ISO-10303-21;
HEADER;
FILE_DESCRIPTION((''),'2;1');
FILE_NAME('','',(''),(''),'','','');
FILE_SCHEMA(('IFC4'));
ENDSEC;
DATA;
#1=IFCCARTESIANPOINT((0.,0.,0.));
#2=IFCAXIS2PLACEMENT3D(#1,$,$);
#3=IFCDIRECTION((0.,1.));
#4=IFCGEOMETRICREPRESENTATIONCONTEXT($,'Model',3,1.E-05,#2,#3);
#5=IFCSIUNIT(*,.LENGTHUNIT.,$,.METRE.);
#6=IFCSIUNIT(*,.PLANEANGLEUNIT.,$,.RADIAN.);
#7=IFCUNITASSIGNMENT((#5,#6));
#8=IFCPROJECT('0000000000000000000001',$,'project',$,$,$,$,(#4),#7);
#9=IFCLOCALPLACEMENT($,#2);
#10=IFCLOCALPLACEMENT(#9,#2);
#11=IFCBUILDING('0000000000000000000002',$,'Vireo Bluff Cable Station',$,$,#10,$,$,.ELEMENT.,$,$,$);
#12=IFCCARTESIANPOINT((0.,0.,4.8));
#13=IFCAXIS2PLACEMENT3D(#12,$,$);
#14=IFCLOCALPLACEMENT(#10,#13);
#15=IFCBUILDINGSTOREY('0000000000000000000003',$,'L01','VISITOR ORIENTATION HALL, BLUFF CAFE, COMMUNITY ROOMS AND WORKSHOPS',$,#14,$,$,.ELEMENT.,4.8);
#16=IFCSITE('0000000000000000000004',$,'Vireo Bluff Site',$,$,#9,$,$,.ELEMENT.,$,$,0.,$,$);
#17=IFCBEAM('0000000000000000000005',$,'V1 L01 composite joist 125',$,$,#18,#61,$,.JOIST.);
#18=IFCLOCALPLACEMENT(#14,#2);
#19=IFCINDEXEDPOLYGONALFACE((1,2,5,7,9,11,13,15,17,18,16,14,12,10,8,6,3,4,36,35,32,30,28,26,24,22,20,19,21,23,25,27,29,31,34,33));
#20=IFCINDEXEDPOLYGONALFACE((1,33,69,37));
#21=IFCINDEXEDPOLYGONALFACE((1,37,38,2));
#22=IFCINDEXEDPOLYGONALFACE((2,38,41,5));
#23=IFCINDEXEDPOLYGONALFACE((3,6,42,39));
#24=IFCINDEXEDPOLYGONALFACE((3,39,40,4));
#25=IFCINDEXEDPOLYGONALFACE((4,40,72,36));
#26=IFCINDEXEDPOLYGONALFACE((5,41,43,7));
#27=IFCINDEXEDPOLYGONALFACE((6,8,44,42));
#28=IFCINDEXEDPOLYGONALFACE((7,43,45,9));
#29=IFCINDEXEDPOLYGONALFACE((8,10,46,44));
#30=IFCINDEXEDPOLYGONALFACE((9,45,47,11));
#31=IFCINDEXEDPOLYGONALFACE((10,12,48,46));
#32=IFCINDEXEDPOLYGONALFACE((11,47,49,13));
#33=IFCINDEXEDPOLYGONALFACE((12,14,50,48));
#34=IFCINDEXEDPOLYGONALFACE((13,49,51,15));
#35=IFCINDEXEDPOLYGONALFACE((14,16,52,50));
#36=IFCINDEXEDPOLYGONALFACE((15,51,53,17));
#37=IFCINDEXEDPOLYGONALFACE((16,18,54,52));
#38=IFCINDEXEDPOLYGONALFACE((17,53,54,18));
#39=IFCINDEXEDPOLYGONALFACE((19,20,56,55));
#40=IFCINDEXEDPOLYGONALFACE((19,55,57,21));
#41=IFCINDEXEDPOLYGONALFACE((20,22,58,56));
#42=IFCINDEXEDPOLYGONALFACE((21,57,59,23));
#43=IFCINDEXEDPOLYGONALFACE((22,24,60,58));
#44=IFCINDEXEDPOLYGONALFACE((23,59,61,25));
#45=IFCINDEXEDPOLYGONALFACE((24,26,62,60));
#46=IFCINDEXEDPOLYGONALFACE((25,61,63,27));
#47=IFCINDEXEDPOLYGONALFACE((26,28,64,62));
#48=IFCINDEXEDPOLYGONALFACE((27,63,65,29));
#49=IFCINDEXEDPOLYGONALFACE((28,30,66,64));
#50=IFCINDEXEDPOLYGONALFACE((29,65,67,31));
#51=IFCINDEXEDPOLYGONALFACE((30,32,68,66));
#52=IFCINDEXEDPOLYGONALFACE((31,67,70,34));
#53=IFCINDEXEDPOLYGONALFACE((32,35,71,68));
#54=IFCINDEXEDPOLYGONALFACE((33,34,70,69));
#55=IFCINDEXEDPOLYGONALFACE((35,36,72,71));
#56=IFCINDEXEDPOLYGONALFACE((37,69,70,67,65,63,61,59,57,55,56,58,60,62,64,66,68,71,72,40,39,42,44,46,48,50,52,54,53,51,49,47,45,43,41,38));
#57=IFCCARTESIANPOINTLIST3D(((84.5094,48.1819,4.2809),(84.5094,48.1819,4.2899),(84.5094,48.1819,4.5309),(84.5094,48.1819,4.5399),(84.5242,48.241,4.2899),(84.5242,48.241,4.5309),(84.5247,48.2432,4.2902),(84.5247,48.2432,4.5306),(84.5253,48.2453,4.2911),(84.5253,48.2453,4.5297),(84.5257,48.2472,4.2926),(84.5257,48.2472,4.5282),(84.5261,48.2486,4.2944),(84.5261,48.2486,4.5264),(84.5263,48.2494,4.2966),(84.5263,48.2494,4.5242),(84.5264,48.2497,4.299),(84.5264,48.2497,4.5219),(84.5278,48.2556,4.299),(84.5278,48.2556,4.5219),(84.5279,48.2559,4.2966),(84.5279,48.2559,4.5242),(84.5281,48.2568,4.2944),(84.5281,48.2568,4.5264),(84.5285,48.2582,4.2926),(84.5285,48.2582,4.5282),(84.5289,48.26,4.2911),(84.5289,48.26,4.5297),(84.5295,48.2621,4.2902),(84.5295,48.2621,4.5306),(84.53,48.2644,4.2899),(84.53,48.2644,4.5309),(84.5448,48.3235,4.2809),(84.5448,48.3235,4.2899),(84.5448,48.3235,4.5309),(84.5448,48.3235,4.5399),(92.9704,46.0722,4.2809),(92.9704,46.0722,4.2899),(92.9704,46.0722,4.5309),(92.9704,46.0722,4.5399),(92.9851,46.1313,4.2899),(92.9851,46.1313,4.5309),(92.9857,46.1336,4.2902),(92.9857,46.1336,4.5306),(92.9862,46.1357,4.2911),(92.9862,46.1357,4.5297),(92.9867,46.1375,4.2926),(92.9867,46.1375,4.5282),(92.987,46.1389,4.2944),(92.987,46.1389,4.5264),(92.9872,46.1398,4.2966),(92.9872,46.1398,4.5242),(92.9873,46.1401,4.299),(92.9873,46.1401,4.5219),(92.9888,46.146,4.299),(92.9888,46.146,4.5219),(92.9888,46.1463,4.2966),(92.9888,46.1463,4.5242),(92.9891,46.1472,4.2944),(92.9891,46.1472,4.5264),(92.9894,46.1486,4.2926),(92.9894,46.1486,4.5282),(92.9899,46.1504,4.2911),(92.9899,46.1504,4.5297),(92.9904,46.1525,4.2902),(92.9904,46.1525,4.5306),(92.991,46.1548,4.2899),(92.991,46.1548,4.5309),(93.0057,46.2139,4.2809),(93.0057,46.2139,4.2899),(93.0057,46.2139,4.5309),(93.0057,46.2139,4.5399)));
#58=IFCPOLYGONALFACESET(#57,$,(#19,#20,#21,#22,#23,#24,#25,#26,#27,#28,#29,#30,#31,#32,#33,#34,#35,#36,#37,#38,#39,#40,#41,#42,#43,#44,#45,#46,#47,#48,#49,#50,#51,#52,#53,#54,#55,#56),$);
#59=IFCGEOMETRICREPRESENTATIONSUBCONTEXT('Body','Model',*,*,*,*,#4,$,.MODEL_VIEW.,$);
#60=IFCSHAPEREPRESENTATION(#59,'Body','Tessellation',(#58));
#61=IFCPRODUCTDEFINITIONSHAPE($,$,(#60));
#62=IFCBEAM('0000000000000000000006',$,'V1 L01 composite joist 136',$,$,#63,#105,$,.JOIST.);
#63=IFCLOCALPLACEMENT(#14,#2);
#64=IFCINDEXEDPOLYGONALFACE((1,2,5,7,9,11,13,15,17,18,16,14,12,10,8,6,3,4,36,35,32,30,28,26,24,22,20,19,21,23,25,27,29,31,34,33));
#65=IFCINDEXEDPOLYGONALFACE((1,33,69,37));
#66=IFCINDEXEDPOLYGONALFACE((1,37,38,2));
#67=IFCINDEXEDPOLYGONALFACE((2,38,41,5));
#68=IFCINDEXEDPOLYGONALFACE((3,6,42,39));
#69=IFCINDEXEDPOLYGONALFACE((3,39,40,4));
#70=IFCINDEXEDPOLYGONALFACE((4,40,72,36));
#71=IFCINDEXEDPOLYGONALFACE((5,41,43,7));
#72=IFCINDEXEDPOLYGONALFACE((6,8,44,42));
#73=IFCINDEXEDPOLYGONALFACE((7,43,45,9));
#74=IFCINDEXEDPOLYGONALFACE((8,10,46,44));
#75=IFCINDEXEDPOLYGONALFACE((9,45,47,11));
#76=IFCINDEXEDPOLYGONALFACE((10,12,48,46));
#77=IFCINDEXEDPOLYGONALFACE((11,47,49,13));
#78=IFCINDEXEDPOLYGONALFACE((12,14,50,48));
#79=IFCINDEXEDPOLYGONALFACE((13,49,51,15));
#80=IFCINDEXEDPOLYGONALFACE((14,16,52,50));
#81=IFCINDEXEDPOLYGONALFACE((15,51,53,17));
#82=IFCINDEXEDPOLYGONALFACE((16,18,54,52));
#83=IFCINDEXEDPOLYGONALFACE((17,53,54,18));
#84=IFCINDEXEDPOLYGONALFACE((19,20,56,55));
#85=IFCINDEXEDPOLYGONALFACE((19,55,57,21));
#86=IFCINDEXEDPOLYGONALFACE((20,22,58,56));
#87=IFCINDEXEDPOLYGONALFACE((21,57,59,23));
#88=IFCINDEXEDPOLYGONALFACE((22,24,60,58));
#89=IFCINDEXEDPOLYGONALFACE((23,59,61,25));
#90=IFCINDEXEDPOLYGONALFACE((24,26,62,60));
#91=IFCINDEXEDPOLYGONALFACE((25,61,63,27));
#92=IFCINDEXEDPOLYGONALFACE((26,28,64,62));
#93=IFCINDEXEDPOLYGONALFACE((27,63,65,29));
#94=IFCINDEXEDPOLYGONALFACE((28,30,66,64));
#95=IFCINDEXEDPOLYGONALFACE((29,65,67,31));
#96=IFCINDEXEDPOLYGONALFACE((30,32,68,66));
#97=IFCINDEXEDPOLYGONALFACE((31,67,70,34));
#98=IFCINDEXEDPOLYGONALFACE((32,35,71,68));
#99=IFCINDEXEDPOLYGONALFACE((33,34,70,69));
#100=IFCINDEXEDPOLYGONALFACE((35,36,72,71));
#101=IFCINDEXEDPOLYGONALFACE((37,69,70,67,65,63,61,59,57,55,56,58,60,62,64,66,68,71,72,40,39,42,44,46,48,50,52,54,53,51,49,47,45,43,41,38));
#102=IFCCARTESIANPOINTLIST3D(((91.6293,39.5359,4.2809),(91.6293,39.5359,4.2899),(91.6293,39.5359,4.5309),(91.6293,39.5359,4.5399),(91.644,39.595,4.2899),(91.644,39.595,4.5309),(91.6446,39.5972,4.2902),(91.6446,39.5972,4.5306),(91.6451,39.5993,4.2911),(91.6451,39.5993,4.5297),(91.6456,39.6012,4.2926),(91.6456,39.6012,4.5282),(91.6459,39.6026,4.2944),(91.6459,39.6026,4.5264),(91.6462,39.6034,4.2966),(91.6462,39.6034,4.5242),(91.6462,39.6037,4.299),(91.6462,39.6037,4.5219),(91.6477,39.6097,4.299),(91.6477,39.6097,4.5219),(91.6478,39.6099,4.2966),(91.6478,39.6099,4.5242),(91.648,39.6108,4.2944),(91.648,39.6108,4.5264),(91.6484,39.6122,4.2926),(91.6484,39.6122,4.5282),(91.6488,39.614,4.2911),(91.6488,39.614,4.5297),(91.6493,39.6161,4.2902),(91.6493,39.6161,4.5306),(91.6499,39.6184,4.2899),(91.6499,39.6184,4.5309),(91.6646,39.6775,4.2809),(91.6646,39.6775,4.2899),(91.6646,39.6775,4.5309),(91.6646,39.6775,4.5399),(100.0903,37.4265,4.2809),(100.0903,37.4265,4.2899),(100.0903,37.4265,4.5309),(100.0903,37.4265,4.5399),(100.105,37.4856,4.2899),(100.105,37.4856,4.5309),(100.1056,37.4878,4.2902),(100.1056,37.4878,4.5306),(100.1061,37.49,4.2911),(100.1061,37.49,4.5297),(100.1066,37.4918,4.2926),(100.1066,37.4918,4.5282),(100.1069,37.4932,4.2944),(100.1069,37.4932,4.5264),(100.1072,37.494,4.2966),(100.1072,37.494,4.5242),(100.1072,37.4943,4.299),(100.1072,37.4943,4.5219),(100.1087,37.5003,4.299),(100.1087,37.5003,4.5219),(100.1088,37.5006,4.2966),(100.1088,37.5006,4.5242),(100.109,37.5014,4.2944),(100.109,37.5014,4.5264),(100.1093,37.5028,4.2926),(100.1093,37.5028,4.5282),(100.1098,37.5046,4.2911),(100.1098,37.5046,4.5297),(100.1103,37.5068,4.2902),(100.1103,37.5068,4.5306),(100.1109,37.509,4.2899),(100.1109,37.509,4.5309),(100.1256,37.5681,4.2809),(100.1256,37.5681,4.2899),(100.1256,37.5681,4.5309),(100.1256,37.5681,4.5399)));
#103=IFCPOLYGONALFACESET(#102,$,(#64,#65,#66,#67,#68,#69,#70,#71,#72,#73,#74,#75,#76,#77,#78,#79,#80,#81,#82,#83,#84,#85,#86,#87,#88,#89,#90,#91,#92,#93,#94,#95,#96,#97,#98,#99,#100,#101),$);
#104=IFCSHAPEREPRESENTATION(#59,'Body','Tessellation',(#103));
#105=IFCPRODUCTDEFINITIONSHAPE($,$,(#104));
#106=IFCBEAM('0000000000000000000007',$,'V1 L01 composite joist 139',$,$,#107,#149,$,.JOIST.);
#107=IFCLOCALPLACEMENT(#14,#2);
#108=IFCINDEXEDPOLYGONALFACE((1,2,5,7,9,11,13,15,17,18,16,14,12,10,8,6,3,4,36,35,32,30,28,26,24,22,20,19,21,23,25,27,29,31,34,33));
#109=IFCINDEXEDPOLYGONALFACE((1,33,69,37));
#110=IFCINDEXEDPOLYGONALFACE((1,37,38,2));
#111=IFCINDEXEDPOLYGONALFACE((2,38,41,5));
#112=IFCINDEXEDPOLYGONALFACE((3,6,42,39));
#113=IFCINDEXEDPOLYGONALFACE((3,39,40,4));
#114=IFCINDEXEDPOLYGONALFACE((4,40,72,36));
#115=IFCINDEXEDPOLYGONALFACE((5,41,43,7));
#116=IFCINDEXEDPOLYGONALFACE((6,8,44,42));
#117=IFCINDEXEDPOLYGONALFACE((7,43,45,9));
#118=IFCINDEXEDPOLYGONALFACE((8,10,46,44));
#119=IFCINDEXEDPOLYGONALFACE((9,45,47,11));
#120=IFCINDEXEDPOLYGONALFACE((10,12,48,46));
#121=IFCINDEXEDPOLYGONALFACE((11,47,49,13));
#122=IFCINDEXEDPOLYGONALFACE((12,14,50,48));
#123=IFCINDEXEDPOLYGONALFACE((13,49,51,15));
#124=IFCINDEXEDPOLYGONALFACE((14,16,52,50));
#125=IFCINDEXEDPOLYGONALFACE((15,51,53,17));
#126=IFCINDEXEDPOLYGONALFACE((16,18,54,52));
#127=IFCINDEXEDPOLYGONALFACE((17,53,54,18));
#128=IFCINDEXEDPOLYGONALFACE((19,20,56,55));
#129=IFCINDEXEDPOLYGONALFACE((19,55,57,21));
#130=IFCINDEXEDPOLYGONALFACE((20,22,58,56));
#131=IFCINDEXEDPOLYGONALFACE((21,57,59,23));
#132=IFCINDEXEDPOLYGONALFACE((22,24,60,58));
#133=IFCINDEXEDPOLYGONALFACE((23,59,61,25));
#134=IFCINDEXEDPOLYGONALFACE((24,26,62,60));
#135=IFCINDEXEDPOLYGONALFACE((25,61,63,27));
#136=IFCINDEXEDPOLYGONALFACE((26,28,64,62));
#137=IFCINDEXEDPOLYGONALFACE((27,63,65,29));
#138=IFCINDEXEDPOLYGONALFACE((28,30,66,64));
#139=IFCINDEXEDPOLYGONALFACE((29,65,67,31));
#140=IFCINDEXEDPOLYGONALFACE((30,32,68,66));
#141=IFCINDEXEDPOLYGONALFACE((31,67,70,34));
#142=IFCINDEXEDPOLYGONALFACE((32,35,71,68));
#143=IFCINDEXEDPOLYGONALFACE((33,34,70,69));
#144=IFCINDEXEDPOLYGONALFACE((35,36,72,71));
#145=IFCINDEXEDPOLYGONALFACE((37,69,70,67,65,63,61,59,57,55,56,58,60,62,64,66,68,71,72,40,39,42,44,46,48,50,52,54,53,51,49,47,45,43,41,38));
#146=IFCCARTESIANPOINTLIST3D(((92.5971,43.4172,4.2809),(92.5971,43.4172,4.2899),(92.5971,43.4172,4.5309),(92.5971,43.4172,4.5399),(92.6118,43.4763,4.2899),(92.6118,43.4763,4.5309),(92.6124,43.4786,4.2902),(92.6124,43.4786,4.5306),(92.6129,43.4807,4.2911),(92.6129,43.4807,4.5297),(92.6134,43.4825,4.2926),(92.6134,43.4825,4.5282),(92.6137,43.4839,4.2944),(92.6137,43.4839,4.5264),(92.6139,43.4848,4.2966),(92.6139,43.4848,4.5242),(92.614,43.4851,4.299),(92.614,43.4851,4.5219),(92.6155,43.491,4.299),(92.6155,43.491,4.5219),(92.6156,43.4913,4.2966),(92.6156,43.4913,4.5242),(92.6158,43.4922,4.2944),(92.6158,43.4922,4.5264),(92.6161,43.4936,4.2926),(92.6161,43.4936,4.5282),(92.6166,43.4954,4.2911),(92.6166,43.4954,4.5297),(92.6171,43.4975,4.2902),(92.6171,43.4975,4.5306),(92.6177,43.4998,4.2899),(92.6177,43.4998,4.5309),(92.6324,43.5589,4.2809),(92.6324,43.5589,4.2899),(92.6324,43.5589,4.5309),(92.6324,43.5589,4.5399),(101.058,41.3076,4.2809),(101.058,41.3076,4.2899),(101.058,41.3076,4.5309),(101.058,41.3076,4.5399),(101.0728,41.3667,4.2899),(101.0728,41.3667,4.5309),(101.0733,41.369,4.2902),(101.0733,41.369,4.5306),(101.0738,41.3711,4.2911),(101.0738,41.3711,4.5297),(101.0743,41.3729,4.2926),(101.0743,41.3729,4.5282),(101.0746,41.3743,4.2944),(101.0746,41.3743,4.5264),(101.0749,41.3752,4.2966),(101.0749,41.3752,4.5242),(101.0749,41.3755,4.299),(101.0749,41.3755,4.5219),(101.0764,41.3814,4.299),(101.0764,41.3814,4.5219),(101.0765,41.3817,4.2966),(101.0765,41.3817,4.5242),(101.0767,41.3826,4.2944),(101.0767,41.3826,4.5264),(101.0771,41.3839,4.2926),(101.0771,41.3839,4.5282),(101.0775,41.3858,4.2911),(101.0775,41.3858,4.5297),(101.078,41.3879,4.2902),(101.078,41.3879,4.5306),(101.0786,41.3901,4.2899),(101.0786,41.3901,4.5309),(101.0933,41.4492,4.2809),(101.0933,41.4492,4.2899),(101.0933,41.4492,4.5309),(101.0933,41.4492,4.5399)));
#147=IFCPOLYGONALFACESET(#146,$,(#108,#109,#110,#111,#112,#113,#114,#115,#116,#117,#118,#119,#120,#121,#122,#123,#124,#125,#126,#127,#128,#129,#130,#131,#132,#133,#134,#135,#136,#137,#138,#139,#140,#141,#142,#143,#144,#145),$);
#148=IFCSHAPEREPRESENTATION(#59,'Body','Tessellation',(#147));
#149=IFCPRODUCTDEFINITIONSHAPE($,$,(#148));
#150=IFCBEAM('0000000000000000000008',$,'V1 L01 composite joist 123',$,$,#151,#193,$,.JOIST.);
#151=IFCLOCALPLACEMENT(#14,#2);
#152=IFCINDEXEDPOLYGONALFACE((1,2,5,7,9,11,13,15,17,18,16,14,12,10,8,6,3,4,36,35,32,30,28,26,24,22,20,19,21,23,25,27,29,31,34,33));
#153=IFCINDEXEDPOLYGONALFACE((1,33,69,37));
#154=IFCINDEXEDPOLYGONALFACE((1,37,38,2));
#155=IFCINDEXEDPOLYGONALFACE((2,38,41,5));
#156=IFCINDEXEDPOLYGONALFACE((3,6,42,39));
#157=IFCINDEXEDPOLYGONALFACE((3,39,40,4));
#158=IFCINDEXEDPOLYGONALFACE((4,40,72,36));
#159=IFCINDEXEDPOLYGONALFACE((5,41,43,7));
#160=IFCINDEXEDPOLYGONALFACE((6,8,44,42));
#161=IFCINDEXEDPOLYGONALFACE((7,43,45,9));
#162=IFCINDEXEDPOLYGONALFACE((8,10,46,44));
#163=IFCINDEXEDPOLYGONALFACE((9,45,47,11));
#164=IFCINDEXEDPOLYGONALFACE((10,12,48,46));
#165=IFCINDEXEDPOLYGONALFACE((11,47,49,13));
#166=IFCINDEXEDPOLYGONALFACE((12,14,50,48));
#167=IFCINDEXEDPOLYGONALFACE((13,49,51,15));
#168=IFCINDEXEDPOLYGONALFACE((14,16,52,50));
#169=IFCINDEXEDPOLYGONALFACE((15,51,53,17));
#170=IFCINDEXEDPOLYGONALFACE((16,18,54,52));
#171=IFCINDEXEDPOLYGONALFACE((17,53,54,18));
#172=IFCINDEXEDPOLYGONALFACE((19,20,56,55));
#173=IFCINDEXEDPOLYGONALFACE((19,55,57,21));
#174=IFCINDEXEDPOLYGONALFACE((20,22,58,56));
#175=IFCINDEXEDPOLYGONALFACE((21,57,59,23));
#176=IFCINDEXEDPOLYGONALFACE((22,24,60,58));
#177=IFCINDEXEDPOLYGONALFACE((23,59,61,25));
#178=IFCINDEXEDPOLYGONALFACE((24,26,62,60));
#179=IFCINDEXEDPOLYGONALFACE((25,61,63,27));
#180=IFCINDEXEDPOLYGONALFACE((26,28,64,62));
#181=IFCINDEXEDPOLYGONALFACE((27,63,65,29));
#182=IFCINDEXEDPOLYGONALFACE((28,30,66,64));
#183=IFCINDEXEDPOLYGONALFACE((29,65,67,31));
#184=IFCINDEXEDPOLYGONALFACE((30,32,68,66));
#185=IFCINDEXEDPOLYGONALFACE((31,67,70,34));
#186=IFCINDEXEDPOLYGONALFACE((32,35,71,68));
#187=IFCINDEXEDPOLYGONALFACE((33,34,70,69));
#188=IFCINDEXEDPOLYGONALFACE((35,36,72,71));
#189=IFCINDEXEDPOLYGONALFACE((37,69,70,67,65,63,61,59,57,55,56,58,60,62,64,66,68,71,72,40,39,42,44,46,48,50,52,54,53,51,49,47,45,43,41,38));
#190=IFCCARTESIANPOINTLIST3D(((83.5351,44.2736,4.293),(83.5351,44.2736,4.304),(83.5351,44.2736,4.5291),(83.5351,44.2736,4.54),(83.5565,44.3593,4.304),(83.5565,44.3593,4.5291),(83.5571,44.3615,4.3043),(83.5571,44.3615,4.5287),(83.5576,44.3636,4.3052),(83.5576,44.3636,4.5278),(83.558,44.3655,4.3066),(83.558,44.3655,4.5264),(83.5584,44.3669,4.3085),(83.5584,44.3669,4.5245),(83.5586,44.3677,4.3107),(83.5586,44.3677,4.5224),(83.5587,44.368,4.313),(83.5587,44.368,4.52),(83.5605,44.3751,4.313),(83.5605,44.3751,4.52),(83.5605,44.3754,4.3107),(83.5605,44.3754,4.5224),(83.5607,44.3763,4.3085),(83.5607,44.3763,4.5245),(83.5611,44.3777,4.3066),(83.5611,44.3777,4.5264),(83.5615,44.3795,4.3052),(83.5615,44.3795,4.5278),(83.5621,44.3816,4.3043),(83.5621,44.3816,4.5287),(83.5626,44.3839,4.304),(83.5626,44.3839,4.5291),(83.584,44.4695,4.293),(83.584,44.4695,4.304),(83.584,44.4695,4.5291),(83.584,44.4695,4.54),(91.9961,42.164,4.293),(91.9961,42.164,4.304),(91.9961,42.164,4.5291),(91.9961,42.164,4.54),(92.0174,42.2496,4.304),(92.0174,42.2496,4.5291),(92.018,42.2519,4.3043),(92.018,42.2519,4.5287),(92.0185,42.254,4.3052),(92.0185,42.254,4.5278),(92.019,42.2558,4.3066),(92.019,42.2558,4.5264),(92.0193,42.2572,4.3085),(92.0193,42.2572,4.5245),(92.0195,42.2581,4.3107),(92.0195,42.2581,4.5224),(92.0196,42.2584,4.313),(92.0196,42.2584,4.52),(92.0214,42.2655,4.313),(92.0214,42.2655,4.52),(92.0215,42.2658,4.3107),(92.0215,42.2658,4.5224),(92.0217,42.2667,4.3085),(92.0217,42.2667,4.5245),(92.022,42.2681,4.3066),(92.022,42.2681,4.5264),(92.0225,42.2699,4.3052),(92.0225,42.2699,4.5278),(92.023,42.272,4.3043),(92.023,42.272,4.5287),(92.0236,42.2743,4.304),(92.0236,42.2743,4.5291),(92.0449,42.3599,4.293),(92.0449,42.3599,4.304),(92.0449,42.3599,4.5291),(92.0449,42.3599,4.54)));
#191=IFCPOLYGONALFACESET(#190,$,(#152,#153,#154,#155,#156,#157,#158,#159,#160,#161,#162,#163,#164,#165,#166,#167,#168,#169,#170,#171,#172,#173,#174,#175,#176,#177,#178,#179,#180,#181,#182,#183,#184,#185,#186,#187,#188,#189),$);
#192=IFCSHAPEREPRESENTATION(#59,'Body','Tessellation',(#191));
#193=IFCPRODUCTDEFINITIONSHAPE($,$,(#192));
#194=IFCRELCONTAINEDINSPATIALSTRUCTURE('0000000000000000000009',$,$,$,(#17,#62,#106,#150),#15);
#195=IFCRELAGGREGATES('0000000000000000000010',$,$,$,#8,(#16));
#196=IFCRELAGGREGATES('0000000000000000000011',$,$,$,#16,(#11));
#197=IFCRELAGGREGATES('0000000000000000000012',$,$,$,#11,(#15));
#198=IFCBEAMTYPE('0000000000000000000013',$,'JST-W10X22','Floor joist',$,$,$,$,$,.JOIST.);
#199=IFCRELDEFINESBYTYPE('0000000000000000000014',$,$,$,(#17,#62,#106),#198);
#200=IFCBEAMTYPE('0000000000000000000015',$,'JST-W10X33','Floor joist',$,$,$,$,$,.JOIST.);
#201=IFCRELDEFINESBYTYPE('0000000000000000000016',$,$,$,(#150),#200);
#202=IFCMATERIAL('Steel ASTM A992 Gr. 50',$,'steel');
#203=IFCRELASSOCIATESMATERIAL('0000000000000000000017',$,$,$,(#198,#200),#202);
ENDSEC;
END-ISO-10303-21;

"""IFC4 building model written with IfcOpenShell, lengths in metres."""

from ifc_helpers import new_model, si_unit, direction, frame, origin, origin_2d, place, context, subcontext, project, spatial, i_section, extrude, material, material_profile, profile_set, type_object, element, save


model = new_model("IFC4")

# Units and contexts
model_context = context("Model", 3, precision=1e-05, world=origin(), true_north=direction((0.0, 1.0)))
body_context = subcontext(model_context, "Body", "Model", "MODEL_VIEW")
ifc_project = project(units=[si_unit("LENGTHUNIT", "METRE"), si_unit("PLANEANGLEUNIT", "RADIAN")], contexts=[model_context])

# Site, building, storey
site_placement = place(None, origin())
site = spatial("IfcSite", under=ifc_project, at=site_placement, Name="Vireo Bluff Site", CompositionType="ELEMENT", RefElevation=0.0)
building_placement = place(site_placement, origin())
building = spatial("IfcBuilding", under=site, at=building_placement, Name="Vireo Bluff Cable Station", CompositionType="ELEMENT")
storey_placement = place(building_placement, frame((0.0, 0.0, 4.8)))
storey = spatial("IfcBuildingStorey", under=building, at=storey_placement, Name="L01", Description="VISITOR ORIENTATION HALL, BLUFF CAFE, COMMUNITY ROOMS AND WORKSHOPS", CompositionType="ELEMENT", Elevation=4.8)

# Shared definitions
ifc_material_1 = material(Name="Steel ASTM A992 Gr. 50", Category="steel")

# Beams
ifc_material_profile_1 = material_profile(ifc_material_1, i_section(OverallWidth=0.146, OverallDepth=0.259, WebThickness=0.0061, FlangeThickness=0.009, FilletRadius=0.009, at=origin_2d()), Name="W10X22")
ifc_profile_set_1 = profile_set([ifc_material_profile_1], Name="Steel ASTM A992 Gr. 50")
beam_type_1 = type_object("IfcBeamType", Name="JST-W10X22", Description="Floor joist", PredefinedType="JOIST", material=ifc_profile_set_1)
for number, where, z_axis, x_axis, name in (
    (1, (84.5271, 48.2527, 4.4104), (0.970294, -0.24193, 0.0), (0.24193, 0.970294, 0.0), "V1 L01 composite joist 125"),
    (2, (91.647, 39.6067, 4.4104), (0.9703, -0.241903, 0.0), (0.241903, 0.9703, 0.0), "V1 L01 composite joist 136"),
    (3, (92.6147, 43.488, 4.4104), (0.970294, -0.24193, 0.0), (0.24193, 0.970294, 0.0), "V1 L01 composite joist 139"),
):
    element("IfcBeam", number, at=place(storey_placement, frame(where, z_axis=z_axis, x_axis=x_axis)), inside=storey, type_object=beam_type_1, Name=name, PredefinedType="JOIST", context=body_context, shape_type="SweptSolid", body=[
        extrude(i_section(OverallWidth=0.146, OverallDepth=0.259, WebThickness=0.0061, FlangeThickness=0.009, FilletRadius=0.009, at=origin_2d()), origin(), (0.0, 0.0, 1.0), 8.72),
    ])
ifc_material_profile_2 = material_profile(ifc_material_1, i_section(OverallWidth=0.2019, OverallDepth=0.2471, WebThickness=0.0073, FlangeThickness=0.011, FilletRadius=0.009, at=origin_2d()), Name="W10X33")
ifc_profile_set_2 = profile_set([ifc_material_profile_2], Name="Steel ASTM A992 Gr. 50")
beam_type_2 = type_object("IfcBeamType", Name="JST-W10X33", Description="Floor joist", PredefinedType="JOIST", material=ifc_profile_set_2)
for number, where, z_axis, x_axis, name in (
    (4, (83.5596, 44.3716, 4.4165), (0.970294, -0.24193, 0.0), (0.24193, 0.970294, 0.0), "V1 L01 composite joist 123"),
):
    element("IfcBeam", number, at=place(storey_placement, frame(where, z_axis=z_axis, x_axis=x_axis)), inside=storey, type_object=beam_type_2, Name=name, PredefinedType="JOIST", context=body_context, shape_type="SweptSolid", body=[
        extrude(i_section(OverallWidth=0.2019, OverallDepth=0.2471, WebThickness=0.0073, FlangeThickness=0.011, FilletRadius=0.009, at=origin_2d()), origin(), (0.0, 0.0, 1.0), 8.72),
    ])

save(model, "model.ifc")
